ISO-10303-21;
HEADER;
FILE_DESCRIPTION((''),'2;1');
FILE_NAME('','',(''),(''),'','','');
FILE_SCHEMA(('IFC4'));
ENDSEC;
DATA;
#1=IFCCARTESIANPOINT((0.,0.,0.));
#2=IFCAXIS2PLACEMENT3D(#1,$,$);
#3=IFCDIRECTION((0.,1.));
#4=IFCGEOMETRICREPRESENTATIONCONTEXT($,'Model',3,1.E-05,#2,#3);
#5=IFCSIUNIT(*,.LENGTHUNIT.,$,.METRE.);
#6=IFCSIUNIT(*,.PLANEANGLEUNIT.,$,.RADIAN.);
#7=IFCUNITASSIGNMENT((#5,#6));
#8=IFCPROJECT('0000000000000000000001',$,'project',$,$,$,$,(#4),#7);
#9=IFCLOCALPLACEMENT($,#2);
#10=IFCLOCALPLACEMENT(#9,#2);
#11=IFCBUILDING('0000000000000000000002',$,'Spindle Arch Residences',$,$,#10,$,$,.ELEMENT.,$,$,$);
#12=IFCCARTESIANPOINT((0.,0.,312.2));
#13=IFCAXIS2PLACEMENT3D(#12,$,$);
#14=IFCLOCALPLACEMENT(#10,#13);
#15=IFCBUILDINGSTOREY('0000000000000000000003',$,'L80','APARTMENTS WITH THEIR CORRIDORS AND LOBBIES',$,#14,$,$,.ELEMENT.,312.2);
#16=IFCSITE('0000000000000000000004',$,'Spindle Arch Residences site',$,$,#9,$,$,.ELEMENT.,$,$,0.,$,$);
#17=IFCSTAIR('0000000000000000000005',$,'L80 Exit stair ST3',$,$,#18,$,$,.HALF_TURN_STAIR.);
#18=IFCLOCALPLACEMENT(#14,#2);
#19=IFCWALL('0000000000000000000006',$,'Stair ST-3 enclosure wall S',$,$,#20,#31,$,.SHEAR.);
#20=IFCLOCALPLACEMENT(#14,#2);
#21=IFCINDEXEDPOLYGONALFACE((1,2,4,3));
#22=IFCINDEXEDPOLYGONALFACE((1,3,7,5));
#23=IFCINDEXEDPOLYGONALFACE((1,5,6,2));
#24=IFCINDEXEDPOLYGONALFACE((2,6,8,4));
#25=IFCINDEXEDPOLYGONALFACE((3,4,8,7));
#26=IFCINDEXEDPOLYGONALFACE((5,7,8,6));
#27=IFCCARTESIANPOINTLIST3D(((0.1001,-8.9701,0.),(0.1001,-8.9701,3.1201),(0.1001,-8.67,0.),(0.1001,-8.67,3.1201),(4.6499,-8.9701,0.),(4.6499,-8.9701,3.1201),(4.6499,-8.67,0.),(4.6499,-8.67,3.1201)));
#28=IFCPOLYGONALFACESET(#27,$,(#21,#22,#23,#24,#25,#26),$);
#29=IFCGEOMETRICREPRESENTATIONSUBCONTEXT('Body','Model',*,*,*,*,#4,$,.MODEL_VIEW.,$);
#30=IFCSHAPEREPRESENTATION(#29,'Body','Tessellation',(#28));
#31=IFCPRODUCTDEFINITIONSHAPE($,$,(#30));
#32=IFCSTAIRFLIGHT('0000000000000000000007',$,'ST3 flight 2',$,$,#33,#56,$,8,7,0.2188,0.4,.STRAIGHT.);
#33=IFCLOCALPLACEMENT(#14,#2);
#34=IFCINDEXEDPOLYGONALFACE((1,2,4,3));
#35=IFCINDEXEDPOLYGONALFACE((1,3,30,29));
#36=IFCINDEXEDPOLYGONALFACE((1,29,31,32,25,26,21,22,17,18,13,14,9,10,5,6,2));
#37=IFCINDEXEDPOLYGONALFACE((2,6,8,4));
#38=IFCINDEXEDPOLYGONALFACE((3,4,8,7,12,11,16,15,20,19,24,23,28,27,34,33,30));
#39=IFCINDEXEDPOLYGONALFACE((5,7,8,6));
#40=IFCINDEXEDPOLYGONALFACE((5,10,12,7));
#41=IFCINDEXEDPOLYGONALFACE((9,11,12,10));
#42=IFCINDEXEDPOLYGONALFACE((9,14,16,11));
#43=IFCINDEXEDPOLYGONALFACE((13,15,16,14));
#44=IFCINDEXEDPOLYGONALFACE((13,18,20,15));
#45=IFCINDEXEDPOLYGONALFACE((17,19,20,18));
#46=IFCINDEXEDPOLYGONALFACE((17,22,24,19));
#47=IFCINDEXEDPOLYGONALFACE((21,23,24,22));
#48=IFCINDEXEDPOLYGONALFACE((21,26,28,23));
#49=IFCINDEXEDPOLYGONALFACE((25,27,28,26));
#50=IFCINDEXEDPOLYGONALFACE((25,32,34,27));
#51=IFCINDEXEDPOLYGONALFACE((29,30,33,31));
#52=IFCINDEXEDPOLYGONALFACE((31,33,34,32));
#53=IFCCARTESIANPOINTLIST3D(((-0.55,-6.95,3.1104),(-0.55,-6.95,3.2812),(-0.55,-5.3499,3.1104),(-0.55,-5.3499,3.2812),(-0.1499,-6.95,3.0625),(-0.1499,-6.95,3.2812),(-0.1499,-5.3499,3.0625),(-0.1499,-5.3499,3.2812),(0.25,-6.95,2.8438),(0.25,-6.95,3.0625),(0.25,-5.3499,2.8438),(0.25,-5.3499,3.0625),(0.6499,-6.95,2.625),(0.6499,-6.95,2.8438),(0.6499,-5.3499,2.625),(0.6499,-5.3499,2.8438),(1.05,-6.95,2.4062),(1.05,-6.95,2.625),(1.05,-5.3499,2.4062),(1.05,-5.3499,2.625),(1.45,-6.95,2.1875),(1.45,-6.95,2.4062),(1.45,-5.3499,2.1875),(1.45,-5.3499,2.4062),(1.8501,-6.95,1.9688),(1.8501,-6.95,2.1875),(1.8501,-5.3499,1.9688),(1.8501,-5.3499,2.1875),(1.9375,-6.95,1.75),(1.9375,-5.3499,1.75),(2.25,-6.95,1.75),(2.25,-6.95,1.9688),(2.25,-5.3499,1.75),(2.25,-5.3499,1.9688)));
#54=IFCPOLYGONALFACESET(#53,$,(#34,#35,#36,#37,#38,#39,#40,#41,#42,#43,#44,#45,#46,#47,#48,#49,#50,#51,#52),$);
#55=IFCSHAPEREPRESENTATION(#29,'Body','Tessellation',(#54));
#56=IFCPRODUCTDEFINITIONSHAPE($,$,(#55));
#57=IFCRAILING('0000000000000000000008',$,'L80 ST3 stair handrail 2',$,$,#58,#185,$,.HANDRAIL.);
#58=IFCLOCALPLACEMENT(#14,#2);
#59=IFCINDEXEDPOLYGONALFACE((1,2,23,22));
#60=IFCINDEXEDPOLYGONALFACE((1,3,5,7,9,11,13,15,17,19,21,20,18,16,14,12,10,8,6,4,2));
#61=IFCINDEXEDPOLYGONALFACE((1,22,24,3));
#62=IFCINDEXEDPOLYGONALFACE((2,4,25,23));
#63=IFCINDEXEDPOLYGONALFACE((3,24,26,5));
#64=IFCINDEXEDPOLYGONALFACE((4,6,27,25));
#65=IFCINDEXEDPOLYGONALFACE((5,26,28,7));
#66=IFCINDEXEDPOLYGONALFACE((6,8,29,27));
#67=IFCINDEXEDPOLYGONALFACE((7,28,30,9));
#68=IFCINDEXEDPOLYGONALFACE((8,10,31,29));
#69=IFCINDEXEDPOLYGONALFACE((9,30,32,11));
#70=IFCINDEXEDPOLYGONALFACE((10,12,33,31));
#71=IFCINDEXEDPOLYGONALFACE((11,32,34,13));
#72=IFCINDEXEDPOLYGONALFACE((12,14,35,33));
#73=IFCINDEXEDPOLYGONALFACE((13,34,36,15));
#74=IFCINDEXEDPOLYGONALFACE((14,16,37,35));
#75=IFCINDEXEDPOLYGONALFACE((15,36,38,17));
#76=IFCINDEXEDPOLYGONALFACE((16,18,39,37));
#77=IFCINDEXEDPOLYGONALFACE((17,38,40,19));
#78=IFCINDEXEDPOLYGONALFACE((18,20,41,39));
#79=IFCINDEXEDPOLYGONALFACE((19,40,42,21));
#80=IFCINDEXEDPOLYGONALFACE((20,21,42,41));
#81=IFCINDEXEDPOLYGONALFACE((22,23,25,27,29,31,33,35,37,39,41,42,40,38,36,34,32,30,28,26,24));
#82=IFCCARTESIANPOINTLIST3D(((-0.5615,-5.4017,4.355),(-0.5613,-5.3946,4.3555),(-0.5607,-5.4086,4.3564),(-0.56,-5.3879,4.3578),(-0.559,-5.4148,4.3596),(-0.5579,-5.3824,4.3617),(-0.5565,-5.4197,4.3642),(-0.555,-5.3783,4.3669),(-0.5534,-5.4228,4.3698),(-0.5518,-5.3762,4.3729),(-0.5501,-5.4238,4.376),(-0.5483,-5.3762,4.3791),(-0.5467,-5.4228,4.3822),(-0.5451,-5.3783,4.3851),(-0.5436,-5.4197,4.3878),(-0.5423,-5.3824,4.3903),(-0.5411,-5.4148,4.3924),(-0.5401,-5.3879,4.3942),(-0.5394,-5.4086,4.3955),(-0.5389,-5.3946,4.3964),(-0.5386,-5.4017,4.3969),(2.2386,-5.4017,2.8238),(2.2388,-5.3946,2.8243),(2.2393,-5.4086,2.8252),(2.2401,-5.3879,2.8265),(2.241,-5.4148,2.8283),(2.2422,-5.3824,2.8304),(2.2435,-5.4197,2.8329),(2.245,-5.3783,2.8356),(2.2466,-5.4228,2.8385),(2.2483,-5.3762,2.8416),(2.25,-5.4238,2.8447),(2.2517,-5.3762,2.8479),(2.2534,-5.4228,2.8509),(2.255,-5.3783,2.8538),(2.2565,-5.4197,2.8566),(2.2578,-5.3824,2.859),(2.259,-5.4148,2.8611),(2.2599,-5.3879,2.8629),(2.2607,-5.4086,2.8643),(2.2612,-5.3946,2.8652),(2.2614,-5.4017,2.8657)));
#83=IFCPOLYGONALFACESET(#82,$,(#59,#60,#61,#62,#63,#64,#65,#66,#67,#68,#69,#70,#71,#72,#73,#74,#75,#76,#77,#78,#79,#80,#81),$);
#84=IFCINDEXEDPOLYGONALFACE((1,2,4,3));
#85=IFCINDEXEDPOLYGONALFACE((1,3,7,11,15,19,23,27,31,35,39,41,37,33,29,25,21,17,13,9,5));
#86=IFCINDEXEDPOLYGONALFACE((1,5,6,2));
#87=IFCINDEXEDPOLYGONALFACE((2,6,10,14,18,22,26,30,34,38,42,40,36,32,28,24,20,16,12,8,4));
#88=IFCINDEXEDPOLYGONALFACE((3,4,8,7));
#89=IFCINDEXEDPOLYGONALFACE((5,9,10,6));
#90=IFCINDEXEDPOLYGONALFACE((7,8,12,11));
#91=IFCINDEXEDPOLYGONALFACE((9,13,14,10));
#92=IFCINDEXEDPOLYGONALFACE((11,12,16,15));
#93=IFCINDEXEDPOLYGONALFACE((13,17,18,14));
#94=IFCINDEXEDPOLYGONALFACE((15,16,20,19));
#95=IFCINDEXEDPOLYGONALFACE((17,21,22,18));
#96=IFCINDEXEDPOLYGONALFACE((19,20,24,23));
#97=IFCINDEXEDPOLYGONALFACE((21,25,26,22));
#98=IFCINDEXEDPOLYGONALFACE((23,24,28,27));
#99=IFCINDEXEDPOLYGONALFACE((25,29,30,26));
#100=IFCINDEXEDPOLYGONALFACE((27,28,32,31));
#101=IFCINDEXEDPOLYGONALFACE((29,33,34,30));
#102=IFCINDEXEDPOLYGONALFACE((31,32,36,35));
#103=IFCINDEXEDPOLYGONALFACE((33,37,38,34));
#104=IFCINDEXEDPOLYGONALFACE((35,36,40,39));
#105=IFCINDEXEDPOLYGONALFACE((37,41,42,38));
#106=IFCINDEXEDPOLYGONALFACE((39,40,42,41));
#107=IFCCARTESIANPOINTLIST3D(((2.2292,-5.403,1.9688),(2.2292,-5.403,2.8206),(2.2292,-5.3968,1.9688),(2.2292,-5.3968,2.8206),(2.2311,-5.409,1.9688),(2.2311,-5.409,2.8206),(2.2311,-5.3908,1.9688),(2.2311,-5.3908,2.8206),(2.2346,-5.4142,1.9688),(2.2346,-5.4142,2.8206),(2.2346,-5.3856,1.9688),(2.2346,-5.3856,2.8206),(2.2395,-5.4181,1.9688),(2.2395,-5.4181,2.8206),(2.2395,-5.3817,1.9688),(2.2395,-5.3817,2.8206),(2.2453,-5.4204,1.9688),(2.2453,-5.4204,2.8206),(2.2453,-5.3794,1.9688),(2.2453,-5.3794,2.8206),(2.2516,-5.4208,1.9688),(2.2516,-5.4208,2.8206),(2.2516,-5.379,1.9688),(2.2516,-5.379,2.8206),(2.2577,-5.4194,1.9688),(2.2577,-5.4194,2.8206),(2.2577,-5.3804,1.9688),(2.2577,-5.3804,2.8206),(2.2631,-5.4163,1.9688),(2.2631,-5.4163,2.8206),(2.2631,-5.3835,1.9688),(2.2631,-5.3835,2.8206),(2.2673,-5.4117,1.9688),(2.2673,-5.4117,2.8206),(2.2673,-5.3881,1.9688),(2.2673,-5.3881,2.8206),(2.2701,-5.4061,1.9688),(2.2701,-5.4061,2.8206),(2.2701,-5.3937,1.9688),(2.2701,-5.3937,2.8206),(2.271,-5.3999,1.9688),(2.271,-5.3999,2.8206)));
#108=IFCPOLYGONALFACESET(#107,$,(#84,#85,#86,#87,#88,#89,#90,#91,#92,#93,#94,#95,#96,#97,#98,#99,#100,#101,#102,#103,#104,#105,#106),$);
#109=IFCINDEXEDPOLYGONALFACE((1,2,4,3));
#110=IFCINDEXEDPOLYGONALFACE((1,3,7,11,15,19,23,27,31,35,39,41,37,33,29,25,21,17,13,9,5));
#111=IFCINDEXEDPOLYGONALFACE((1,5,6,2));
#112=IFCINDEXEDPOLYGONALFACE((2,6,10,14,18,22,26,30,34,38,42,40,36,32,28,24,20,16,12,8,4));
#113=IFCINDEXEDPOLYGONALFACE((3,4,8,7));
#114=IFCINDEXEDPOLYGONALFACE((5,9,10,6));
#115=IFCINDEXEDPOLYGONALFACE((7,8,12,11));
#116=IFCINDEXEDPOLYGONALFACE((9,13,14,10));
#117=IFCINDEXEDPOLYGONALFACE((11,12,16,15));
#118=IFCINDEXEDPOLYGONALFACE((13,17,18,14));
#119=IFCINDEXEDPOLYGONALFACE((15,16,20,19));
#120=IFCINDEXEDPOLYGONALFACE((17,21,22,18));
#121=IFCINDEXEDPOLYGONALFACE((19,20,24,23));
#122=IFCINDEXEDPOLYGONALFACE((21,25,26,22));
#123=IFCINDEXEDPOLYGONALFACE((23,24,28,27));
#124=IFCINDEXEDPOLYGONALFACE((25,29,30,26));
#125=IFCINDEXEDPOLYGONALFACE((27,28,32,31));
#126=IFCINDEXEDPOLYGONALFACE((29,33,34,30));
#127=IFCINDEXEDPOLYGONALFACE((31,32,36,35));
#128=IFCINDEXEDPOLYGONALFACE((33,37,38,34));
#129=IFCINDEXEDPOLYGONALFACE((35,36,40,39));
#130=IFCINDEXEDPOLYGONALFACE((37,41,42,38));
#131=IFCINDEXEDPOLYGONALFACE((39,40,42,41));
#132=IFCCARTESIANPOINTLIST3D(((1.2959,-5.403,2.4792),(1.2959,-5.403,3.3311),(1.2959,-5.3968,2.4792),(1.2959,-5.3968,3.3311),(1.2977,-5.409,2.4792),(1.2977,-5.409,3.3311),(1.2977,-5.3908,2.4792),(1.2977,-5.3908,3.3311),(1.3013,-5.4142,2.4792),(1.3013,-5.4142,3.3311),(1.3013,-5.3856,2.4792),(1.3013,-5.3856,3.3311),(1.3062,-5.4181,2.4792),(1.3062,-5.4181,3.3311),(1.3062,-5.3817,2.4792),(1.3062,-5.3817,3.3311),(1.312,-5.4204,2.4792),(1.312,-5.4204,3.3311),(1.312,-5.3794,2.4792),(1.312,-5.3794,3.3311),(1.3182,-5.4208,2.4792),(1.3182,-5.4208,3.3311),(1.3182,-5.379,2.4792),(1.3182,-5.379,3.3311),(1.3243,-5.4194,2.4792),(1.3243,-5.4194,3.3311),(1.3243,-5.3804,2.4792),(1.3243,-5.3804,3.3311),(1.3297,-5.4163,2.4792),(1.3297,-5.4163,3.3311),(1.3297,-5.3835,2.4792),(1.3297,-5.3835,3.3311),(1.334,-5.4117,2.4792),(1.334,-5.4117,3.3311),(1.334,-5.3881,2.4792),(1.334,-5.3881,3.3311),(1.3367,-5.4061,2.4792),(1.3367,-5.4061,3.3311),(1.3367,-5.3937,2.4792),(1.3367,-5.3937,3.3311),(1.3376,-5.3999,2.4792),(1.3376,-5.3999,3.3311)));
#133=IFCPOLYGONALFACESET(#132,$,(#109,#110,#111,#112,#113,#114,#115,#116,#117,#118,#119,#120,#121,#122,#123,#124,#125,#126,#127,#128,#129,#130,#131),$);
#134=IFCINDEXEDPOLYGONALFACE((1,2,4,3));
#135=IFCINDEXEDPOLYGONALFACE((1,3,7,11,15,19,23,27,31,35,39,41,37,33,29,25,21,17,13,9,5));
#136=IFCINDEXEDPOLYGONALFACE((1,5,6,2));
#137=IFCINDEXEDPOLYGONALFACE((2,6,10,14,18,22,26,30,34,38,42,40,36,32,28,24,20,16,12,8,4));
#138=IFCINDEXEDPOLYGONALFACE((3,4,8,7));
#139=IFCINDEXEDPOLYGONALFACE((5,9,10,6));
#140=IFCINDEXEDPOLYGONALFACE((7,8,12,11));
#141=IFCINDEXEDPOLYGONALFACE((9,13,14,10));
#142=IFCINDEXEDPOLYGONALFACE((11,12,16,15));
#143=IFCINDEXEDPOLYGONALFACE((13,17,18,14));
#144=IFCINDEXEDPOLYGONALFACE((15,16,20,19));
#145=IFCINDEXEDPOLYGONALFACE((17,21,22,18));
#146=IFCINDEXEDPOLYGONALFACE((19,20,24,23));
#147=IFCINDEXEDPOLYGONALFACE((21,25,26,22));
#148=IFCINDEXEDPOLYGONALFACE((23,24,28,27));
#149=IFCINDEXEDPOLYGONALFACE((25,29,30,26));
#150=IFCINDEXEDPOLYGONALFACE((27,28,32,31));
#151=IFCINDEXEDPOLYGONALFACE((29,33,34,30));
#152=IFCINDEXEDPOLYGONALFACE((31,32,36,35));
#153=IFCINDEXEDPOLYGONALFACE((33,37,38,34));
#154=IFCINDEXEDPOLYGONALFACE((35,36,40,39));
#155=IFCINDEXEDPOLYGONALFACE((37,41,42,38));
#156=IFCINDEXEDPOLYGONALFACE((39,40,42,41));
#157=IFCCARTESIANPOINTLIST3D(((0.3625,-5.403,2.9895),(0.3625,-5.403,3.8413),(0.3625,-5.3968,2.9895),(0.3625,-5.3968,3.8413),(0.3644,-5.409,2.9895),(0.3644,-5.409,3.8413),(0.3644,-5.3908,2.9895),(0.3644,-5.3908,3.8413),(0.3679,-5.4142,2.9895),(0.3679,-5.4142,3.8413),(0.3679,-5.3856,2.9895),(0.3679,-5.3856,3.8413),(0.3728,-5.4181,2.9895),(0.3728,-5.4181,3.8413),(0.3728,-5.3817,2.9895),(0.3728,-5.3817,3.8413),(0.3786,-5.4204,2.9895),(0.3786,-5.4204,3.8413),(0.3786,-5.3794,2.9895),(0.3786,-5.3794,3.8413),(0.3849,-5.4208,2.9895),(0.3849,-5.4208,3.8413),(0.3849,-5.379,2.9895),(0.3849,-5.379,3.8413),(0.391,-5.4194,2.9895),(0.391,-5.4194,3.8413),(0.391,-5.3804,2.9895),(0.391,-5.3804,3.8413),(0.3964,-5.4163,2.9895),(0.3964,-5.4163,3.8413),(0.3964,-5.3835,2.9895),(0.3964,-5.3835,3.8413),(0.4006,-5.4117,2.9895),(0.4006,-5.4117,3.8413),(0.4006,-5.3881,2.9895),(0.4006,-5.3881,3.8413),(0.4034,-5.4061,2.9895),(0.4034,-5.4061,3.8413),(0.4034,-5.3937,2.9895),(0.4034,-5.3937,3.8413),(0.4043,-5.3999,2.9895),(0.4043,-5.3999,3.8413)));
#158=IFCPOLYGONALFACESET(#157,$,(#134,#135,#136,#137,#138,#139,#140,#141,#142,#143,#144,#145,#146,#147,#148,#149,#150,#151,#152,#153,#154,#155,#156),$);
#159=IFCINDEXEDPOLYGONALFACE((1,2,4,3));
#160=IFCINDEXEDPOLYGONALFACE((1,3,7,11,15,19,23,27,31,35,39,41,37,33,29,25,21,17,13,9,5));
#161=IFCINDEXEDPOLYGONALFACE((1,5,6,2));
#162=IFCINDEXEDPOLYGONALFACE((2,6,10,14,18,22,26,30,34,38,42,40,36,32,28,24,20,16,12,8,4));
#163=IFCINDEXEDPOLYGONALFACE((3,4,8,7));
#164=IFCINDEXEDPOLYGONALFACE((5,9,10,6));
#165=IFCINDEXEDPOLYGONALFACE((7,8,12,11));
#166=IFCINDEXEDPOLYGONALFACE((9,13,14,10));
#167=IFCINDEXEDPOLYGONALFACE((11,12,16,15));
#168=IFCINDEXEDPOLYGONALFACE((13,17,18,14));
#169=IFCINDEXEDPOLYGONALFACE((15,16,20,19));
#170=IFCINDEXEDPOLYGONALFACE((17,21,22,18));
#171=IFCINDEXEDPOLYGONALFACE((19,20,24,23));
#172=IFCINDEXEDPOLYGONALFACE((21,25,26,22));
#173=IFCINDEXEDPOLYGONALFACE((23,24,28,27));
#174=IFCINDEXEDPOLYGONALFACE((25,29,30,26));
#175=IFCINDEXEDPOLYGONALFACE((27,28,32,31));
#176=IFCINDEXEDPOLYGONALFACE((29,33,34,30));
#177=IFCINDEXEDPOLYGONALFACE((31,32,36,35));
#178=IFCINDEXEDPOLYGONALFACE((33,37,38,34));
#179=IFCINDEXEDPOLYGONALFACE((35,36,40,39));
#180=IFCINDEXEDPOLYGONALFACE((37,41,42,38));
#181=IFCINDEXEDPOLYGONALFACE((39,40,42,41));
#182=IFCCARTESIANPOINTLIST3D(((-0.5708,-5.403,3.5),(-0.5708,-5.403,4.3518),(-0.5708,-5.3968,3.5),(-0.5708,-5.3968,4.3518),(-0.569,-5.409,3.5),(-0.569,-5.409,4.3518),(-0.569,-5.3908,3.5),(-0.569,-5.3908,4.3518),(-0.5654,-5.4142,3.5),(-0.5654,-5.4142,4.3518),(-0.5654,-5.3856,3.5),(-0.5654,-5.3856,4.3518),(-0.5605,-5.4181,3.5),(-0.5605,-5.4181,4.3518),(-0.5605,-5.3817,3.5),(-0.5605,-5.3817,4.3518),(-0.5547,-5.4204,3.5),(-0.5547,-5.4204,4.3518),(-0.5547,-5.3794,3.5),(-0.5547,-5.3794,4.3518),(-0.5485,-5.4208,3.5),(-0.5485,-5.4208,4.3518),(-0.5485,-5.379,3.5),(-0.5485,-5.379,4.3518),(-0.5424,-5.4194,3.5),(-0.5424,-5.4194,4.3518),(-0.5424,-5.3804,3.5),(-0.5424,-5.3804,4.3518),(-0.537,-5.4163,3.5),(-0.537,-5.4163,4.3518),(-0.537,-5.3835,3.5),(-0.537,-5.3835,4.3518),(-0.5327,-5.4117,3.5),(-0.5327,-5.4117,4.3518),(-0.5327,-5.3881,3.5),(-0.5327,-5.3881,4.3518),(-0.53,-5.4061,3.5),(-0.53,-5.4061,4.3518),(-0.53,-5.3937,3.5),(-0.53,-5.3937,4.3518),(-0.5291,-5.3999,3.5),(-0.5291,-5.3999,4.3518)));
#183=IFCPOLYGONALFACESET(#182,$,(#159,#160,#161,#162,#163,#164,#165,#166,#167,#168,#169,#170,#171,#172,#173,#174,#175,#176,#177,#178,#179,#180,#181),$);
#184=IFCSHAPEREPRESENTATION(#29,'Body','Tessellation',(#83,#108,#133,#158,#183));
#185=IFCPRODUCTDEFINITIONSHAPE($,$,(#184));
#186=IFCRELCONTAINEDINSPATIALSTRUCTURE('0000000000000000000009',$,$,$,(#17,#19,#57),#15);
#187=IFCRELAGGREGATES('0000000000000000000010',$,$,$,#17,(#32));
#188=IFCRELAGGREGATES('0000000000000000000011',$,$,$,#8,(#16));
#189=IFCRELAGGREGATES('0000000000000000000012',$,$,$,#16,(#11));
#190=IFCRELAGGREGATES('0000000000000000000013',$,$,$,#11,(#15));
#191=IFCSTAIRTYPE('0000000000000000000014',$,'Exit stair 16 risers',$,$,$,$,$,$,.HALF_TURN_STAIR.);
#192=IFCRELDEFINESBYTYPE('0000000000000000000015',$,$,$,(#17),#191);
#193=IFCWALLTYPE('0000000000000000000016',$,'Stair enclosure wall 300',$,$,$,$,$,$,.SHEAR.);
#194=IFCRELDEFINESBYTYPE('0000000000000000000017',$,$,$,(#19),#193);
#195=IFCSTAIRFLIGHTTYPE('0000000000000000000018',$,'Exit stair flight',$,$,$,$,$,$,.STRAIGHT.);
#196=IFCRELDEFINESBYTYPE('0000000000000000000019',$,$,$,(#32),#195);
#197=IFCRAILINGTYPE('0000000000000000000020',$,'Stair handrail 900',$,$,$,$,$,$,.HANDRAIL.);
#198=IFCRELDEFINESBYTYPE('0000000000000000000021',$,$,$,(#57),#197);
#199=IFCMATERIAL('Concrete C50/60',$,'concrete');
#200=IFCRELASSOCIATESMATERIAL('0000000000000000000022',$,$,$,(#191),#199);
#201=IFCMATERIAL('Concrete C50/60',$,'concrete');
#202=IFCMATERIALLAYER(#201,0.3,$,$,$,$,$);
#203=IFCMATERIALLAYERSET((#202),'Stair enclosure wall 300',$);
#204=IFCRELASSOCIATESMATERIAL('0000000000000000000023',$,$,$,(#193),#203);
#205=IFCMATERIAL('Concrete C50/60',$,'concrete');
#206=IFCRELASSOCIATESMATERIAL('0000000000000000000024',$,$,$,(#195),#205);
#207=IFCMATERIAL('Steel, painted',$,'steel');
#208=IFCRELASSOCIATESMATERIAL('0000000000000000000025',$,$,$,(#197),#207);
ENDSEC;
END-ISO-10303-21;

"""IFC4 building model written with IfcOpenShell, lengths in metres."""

from ifc_helpers import new_model, si_unit, direction, frame, frame_2d, origin, origin_2d, place, context, subcontext, project, spatial, polyline, rectangle, circle, outline, extrude, material, layer, layer_set, type_object, element, aggregate, save


model = new_model("IFC4")

# Units and contexts
model_context = context("Model", 3, precision=1e-05, world=origin(), true_north=direction((0.0, 1.0)))
body_context = subcontext(model_context, "Body", "Model", "MODEL_VIEW")
ifc_project = project(units=[si_unit("LENGTHUNIT", "METRE"), si_unit("PLANEANGLEUNIT", "RADIAN")], contexts=[model_context])

# Site, building, storey
site_placement = place(None, origin())
site = spatial("IfcSite", under=ifc_project, at=site_placement, Name="Spindle Arch Residences site", CompositionType="ELEMENT", RefElevation=0.0)
building_placement = place(site_placement, origin())
building = spatial("IfcBuilding", under=site, at=building_placement, Name="Spindle Arch Residences", CompositionType="ELEMENT")
storey_placement = place(building_placement, frame((0.0, 0.0, 312.2)))
storey = spatial("IfcBuildingStorey", under=building, at=storey_placement, Name="L80", Description="APARTMENTS WITH THEIR CORRIDORS AND LOBBIES", CompositionType="ELEMENT", Elevation=312.2)

# Stair
ifc_material_1 = material(Name="Concrete C50/60", Category="concrete")
stair_type = type_object("IfcStairType", Name="Exit stair 16 risers", PredefinedType="HALF_TURN_STAIR", material=ifc_material_1)
stair_1_placement = place(storey_placement, origin())
stair_1 = element("IfcStair", 1, at=stair_1_placement, inside=storey, type_object=stair_type, Name="L80 Exit stair ST3", PredefinedType="HALF_TURN_STAIR")

# Wall
ifc_material_2 = material(Name="Concrete C50/60", Category="concrete")
ifc_layer_1 = layer(ifc_material_2, 0.3)
ifc_layer_set_1 = layer_set([ifc_layer_1], Name="Stair enclosure wall 300")
wall_type_1 = type_object("IfcWallType", Name="Stair enclosure wall 300", PredefinedType="SHEAR", material=ifc_layer_set_1)
wall_1_placement = place(storey_placement, frame((0.1001, -8.8201, 0.0), z_axis=(0.0, 0.0, 1.0), x_axis=(1.0, 0.0, 0.0)))
element("IfcWall", 2, at=wall_1_placement, inside=storey, type_object=wall_type_1, Name="Stair ST-3 enclosure wall S", PredefinedType="SHEAR", context=body_context, shape_type="SweptSolid", body=[
    extrude(rectangle(XDim=4.5498, YDim=0.3, at=frame_2d((2.2749, 0.0))), origin(), (0.0, 0.0, 1.0), 3.1201),
])

# Stair flight
ifc_material_3 = material(Name="Concrete C50/60", Category="concrete")
stair_flight_type = type_object("IfcStairFlightType", Name="Exit stair flight", PredefinedType="STRAIGHT", material=ifc_material_3)
stair_flight_placement = place(storey_placement, frame((2.25, -6.1499, 1.75), z_axis=(0.0, 0.0, 1.0), x_axis=(-1.0, 0.0, 0.0)))
stair_flight = element("IfcStairFlight", 3, at=stair_flight_placement, type_object=stair_flight_type, Name="ST3 flight 2", NumberOfRisers=8, NumberOfTreads=7, PredefinedType="STRAIGHT", RiserHeight=0.2188, TreadLength=0.4, context=body_context, shape_type="SweptSolid", body=[
    extrude(outline(polyline([(0.0, 0.0), (0.0, 0.2188), (0.3999, 0.2188), (0.3999, 0.4375), (0.8, 0.4375), (0.8, 0.6562), (1.2, 0.6562), (1.2, 0.875), (1.6001, 0.875), (1.6001, 1.0938), (2.0, 1.0938), (2.0, 1.3125), (2.3999, 1.3125), (2.3999, 1.5312), (2.8, 1.5312), (2.8, 1.75), (2.8, 1.3604), (0.3125, 0.0), (0.0, 0.0)])), frame((0.0, 0.8, 0.0), z_axis=(0.0, -1.0, 0.0), x_axis=(1.0, 0.0, 0.0)), (0.0, 0.0, 1.0), 1.6001),
])
aggregate(stair_1, [stair_flight])

# Railing
ifc_material_4 = material(Name="Steel, painted", Category="steel")
railing_type = type_object("IfcRailingType", Name="Stair handrail 900", PredefinedType="HANDRAIL", material=ifc_material_4)
railing_placement = place(storey_placement, frame((2.25, -5.3999, 1.9688)))
element("IfcRailing", 4, at=railing_placement, inside=storey, type_object=railing_type, Name="L80 ST3 stair handrail 2", PredefinedType="HANDRAIL", context=body_context, shape_type="SweptSolid", body=[
    extrude(circle(Radius=0.0239, at=origin_2d()), frame((0.0, 0.0, 0.876), z_axis=(-0.877375, 0.0, 0.479806), x_axis=(0.0, -1.0, 0.0)), (0.0, 0.0, 1.0), 3.1914),
    extrude(circle(Radius=0.021, at=origin_2d()), origin(), (0.0, 0.0, 1.0), 0.8518),
    extrude(circle(Radius=0.021, at=origin_2d()), frame((-0.9333, 0.0, 0.5105)), (0.0, 0.0, 1.0), 0.8518),
    extrude(circle(Radius=0.021, at=origin_2d()), frame((-1.8667, 0.0, 1.0208)), (0.0, 0.0, 1.0), 0.8518),
    extrude(circle(Radius=0.021, at=origin_2d()), frame((-2.8, 0.0, 1.5312)), (0.0, 0.0, 1.0), 0.8518),
])

save(model, "model.ifc")
